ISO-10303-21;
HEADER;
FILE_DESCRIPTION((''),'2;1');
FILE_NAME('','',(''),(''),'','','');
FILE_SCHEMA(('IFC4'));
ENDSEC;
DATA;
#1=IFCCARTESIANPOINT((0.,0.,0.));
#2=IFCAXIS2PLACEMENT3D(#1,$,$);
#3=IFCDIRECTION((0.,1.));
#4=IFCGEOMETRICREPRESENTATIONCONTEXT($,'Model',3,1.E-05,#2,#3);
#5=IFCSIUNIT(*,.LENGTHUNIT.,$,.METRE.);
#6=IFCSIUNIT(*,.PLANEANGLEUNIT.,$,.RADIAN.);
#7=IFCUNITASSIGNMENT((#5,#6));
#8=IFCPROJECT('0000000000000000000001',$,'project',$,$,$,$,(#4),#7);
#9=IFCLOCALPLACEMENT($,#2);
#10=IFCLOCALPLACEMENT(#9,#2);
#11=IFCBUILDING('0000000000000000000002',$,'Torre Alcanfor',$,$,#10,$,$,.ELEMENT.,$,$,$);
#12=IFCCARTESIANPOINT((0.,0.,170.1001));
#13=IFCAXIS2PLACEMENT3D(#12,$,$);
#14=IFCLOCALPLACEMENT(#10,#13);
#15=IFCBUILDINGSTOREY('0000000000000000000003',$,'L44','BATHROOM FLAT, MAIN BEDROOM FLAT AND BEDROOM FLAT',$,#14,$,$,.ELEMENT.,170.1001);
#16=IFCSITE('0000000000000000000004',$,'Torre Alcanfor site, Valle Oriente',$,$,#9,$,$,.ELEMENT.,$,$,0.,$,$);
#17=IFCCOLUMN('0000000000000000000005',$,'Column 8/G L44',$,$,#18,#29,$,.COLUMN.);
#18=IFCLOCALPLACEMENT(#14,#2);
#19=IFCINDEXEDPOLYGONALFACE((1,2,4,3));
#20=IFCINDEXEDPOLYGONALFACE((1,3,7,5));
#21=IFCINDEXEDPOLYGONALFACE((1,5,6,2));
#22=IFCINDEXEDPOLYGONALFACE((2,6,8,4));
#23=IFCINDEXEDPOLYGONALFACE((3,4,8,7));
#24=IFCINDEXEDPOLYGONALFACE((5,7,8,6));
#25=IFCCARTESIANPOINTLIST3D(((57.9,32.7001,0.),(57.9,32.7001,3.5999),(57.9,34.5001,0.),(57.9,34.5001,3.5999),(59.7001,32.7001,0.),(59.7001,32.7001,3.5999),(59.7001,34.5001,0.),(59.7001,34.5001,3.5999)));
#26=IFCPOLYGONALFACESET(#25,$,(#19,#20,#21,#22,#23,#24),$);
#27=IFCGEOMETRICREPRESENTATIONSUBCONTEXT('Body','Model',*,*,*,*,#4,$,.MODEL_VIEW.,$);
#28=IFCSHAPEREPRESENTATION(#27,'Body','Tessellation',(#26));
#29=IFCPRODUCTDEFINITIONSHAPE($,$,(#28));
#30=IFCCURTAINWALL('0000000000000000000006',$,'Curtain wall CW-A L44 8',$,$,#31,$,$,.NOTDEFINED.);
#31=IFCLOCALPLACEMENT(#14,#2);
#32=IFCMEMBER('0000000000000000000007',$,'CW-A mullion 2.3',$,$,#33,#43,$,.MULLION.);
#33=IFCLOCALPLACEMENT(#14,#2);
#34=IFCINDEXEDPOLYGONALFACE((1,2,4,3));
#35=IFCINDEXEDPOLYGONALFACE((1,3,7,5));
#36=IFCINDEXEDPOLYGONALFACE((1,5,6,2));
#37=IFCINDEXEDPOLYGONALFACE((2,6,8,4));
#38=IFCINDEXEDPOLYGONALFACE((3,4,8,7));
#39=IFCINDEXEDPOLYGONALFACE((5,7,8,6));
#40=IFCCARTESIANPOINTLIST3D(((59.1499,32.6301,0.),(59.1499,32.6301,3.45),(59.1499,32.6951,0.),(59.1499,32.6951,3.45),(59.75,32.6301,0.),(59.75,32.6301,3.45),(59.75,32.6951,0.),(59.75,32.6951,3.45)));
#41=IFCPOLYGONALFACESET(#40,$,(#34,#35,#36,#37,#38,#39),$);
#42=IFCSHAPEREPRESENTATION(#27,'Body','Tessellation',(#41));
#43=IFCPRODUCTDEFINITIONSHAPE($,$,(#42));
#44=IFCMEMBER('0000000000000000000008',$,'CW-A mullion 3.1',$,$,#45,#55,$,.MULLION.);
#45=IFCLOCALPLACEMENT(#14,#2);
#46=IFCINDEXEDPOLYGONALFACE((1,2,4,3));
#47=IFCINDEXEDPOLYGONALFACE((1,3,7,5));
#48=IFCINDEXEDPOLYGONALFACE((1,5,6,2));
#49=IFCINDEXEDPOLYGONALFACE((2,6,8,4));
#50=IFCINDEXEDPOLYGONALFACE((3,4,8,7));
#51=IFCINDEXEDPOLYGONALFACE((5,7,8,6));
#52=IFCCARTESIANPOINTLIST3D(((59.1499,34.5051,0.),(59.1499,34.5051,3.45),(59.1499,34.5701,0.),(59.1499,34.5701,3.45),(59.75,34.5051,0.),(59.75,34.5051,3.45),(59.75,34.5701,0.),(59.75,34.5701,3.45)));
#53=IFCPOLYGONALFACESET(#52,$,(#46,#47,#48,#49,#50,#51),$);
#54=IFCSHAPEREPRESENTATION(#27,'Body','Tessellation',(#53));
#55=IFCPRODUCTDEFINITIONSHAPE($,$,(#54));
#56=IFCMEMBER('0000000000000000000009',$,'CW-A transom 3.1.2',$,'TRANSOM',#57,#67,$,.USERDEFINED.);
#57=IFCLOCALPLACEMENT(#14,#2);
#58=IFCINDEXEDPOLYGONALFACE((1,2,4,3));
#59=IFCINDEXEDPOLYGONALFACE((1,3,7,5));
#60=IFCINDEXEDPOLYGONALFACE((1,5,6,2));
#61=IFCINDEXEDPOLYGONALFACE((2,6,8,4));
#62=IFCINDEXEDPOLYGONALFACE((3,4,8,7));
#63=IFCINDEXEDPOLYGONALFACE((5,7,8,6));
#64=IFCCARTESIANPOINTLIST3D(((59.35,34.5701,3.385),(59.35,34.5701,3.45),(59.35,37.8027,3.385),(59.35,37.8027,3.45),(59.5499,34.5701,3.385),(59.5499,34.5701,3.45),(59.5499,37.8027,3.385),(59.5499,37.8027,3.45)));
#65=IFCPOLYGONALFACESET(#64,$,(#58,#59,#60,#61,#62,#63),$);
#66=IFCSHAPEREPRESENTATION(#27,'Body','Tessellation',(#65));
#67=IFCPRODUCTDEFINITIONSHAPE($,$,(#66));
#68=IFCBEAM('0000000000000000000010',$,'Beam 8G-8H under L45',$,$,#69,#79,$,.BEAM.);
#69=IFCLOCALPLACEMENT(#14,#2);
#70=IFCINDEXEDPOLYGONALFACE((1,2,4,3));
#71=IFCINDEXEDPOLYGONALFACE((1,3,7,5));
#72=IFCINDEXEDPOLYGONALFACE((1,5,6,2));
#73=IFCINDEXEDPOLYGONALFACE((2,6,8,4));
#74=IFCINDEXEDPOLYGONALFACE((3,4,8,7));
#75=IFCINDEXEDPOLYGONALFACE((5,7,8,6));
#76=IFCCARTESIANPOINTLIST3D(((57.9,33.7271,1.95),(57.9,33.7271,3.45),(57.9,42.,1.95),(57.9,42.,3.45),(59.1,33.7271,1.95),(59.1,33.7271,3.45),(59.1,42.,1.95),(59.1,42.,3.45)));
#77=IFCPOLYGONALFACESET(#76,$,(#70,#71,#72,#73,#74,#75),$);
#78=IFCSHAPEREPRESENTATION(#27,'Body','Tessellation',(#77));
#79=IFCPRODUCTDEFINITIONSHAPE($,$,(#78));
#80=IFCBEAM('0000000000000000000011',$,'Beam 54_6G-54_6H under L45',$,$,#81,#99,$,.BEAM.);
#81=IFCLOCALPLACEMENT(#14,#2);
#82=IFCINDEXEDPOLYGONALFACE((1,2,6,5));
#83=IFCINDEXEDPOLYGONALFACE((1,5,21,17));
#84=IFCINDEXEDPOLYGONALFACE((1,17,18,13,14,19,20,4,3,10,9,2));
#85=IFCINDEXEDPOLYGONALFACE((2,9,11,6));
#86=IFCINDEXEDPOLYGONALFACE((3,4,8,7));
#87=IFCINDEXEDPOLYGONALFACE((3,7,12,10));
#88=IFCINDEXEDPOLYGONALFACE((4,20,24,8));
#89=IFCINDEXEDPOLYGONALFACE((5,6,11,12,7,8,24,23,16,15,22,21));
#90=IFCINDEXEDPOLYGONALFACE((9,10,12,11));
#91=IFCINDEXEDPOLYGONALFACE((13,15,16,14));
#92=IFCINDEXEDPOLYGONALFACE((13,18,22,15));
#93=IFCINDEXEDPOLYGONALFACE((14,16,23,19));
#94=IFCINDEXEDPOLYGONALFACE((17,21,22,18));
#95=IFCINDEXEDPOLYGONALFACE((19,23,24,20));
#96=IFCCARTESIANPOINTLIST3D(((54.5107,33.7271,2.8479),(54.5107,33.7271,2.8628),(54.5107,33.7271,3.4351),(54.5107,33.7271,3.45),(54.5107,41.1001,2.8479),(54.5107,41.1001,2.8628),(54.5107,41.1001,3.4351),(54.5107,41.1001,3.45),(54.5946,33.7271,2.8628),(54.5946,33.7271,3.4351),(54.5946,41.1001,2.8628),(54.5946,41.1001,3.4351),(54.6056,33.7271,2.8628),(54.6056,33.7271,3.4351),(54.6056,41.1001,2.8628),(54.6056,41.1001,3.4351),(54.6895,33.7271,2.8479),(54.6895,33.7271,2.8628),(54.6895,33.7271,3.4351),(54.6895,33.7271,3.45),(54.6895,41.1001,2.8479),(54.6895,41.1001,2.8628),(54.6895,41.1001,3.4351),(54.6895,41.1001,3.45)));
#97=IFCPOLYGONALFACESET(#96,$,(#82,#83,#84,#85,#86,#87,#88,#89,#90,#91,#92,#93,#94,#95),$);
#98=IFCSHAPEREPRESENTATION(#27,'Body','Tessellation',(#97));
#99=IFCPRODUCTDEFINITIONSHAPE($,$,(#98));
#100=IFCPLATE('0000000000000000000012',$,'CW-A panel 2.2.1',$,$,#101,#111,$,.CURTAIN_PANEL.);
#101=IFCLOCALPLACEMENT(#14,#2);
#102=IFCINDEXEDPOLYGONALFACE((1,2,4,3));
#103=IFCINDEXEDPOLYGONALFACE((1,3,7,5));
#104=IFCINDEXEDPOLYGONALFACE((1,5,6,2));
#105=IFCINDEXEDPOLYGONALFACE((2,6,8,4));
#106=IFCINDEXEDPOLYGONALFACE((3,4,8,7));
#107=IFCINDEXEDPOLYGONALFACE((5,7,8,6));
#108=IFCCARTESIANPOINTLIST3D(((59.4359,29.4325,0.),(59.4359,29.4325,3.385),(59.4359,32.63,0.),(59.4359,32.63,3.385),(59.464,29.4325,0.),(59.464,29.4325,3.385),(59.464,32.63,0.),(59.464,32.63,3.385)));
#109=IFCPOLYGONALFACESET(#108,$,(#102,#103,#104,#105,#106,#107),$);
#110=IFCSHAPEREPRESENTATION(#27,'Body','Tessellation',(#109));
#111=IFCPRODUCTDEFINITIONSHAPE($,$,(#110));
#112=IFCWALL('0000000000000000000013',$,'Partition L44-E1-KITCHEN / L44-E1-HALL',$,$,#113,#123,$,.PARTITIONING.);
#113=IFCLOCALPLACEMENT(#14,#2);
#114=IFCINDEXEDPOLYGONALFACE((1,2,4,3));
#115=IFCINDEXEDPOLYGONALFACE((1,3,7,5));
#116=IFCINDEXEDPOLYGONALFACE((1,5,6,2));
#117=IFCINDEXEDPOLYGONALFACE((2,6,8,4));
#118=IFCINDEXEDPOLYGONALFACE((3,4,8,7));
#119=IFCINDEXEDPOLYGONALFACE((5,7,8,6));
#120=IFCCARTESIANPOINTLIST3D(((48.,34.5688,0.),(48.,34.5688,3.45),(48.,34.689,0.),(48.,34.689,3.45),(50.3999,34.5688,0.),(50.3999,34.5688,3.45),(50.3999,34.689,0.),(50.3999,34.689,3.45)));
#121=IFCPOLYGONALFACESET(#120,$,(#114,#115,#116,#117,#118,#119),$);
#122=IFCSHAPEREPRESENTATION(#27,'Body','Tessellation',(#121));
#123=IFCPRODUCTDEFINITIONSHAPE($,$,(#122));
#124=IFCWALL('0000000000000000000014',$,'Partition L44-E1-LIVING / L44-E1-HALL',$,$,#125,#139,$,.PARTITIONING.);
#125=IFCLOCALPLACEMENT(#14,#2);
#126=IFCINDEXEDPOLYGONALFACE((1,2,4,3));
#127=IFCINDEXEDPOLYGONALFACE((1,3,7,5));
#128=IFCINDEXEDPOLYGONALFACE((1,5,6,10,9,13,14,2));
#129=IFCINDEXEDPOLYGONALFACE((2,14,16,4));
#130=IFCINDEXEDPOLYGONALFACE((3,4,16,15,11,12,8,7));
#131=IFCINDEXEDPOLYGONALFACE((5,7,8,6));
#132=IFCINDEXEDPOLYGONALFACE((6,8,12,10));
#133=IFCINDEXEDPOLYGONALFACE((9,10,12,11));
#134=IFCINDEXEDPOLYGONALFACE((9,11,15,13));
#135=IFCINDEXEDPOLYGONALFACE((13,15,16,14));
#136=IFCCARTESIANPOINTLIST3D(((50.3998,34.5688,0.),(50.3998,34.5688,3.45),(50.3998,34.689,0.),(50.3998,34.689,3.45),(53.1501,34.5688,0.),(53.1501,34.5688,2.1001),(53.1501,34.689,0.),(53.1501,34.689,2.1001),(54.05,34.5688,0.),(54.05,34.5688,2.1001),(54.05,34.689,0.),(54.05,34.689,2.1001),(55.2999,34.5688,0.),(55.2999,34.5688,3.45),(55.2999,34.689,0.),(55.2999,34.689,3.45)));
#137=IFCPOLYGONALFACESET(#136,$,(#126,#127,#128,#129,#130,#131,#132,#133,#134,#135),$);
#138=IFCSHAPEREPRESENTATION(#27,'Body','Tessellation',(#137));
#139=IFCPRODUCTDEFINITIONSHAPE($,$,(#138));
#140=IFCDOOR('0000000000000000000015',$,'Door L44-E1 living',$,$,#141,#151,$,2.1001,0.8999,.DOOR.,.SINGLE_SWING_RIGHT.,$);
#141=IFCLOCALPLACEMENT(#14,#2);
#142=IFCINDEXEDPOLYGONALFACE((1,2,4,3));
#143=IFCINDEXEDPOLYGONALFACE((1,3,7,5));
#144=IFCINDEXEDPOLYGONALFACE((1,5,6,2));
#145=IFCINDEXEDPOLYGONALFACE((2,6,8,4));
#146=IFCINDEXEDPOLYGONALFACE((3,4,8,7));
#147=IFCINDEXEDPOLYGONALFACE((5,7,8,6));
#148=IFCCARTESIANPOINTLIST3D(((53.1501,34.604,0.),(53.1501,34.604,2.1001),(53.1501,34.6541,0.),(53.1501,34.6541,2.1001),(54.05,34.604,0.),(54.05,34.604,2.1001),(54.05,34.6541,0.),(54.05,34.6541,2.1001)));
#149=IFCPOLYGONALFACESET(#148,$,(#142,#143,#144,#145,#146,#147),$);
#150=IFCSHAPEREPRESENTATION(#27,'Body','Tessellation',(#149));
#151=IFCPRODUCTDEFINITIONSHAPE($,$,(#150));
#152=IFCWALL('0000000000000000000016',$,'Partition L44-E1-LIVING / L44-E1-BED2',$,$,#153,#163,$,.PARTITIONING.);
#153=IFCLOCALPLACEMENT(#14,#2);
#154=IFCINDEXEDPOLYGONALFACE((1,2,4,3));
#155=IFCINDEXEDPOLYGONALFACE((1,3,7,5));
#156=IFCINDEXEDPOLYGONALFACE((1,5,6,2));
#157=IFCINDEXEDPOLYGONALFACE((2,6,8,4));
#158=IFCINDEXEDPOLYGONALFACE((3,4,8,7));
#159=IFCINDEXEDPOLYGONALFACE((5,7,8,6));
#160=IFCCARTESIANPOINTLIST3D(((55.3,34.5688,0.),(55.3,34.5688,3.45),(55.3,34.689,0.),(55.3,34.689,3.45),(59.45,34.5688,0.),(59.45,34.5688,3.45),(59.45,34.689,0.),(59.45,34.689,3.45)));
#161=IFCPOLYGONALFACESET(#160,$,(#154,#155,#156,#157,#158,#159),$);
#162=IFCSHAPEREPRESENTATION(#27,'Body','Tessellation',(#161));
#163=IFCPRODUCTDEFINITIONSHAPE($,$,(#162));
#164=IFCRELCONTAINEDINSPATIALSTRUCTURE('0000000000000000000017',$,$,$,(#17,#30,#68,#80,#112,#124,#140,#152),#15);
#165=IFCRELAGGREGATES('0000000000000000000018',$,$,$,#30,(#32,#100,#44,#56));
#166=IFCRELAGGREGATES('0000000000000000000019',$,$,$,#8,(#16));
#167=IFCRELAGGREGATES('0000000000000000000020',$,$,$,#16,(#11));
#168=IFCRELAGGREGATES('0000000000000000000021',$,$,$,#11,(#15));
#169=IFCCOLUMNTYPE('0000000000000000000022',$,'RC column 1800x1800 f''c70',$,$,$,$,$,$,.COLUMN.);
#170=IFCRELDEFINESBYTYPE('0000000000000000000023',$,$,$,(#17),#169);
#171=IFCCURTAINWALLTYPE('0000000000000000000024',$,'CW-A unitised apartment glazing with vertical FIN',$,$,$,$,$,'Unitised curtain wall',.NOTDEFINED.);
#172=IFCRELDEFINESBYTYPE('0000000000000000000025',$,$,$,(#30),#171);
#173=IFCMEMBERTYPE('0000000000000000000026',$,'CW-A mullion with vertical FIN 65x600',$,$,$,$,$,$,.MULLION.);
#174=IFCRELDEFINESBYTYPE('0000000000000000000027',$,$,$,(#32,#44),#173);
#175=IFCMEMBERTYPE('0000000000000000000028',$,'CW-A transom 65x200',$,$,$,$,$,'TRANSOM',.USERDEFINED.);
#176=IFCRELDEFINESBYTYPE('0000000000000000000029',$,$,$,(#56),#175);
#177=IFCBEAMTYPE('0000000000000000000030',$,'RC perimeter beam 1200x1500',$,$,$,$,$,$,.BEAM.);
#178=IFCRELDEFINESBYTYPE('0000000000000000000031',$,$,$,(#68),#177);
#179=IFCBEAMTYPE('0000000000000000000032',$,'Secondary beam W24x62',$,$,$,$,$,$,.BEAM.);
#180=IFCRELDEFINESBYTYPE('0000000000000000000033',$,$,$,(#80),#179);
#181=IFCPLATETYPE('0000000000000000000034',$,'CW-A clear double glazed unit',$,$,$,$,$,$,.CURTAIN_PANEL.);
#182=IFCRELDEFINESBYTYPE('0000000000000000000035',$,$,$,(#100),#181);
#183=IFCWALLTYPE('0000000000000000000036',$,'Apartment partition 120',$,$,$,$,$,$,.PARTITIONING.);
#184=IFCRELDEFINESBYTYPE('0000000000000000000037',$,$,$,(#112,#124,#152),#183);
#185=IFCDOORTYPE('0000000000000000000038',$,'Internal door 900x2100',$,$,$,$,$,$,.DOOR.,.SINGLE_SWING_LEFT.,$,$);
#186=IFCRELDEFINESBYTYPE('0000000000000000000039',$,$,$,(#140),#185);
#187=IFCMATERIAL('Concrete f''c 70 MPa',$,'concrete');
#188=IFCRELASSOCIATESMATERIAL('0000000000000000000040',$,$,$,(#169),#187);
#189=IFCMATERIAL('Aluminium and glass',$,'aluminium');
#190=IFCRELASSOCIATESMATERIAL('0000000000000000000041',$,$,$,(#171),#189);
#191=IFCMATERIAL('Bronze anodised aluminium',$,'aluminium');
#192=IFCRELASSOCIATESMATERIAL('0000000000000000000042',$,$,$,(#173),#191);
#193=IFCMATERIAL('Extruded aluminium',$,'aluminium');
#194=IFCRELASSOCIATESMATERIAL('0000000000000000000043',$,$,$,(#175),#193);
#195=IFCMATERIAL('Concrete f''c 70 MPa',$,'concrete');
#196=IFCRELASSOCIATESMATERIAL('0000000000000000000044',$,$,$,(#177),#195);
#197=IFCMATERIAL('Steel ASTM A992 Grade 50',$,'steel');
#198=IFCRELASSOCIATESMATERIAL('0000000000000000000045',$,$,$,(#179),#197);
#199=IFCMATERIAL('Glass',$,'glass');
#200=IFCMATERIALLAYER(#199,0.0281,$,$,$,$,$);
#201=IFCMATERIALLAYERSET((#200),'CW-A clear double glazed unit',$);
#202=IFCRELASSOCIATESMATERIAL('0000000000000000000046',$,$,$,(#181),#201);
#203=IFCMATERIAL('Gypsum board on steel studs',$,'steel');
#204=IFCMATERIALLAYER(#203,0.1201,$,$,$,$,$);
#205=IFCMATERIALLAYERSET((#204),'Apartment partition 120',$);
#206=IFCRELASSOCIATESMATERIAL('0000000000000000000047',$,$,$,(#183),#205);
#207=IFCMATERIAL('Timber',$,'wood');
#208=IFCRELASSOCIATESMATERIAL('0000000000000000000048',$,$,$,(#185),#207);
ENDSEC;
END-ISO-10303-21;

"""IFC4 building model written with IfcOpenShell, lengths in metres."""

from ifc_helpers import new_model, si_unit, direction, frame, frame_2d, origin, origin_2d, place, context, subcontext, project, spatial, rectangle, i_section, extrude, material, layer, layer_set, material_profile, profile_set, type_object, element, fill, aggregate, save


model = new_model("IFC4")

# Units and contexts
model_context = context("Model", 3, precision=1e-05, world=origin(), true_north=direction((0.0, 1.0)))
body_context = subcontext(model_context, "Body", "Model", "MODEL_VIEW")
ifc_project = project(units=[si_unit("LENGTHUNIT", "METRE"), si_unit("PLANEANGLEUNIT", "RADIAN")], contexts=[model_context])

# Site, building, storey
site_placement = place(None, origin())
site = spatial("IfcSite", under=ifc_project, at=site_placement, Name="Torre Alcanfor site, Valle Oriente", CompositionType="ELEMENT", RefElevation=0.0)
building_placement = place(site_placement, origin())
building = spatial("IfcBuilding", under=site, at=building_placement, Name="Torre Alcanfor", CompositionType="ELEMENT")
storey_placement = place(building_placement, frame((0.0, 0.0, 170.1001)))
storey = spatial("IfcBuildingStorey", under=building, at=storey_placement, Name="L44", Description="BATHROOM FLAT, MAIN BEDROOM FLAT AND BEDROOM FLAT", CompositionType="ELEMENT", Elevation=170.1001)

# Column
ifc_material_1 = material(Name="Concrete f'c 70 MPa", Category="concrete")
ifc_material_profile_1 = material_profile(ifc_material_1, rectangle(XDim=1.8, YDim=1.8, at=origin_2d()), Name="1800x1800")
ifc_profile_set_1 = profile_set([ifc_material_profile_1], Name="Concrete f'c 70 MPa")
column_type = type_object("IfcColumnType", Name="RC column 1800x1800 f'c70", PredefinedType="COLUMN", material=ifc_profile_set_1)
column_placement = place(storey_placement, frame((58.8, 33.6001, 0.0), z_axis=(0.0, 0.0, 1.0), x_axis=(1.0, 0.0, 0.0)))
element("IfcColumn", 1, at=column_placement, inside=storey, type_object=column_type, Name="Column 8/G L44", PredefinedType="COLUMN", context=body_context, shape_type="SweptSolid", body=[
    extrude(rectangle(XDim=1.8, YDim=1.8, at=origin_2d()), origin(), (0.0, 0.0, 1.0), 3.5999),
])

# Curtain wall, members
ifc_material_2 = material(Name="Aluminium and glass", Category="aluminium")
curtain_wall_type = type_object("IfcCurtainWallType", Name="CW-A unitised apartment glazing with vertical FIN", ElementType="Unitised curtain wall", PredefinedType="NOTDEFINED", material=ifc_material_2)
curtain_wall_placement = place(storey_placement, origin())
curtain_wall = element("IfcCurtainWall", 2, at=curtain_wall_placement, inside=storey, type_object=curtain_wall_type, Name="Curtain wall CW-A L44 8", PredefinedType="NOTDEFINED")
ifc_material_3 = material(Name="Bronze anodised aluminium", Category="aluminium")
ifc_material_profile_2 = material_profile(ifc_material_3, rectangle(XDim=0.6001, YDim=0.0649, at=origin_2d()), Name="CW-A mullion 65x600")
ifc_profile_set_2 = profile_set([ifc_material_profile_2], Name="Bronze anodised aluminium")
member_type_1 = type_object("IfcMemberType", Name="CW-A mullion with vertical FIN 65x600", PredefinedType="MULLION", material=ifc_profile_set_2)
member_1_placement = place(storey_placement, frame((59.45, 32.6626, 0.0), z_axis=(0.0, 0.0, 1.0), x_axis=(-1.0, 0.0, 0.0)))
member_1 = element("IfcMember", 3, at=member_1_placement, type_object=member_type_1, Name="CW-A mullion 2.3", PredefinedType="MULLION", context=body_context, shape_type="SweptSolid", body=[
    extrude(rectangle(XDim=0.6001, YDim=0.0649, at=origin_2d()), origin(), (0.0, 0.0, 1.0), 3.45),
])
member_2_placement = place(storey_placement, frame((59.45, 34.5376, 0.0), z_axis=(0.0, 0.0, 1.0), x_axis=(-1.0, 0.0, 0.0)))
member_2 = element("IfcMember", 4, at=member_2_placement, type_object=member_type_1, Name="CW-A mullion 3.1", PredefinedType="MULLION", context=body_context, shape_type="SweptSolid", body=[
    extrude(rectangle(XDim=0.6001, YDim=0.0649, at=origin_2d()), origin(), (0.0, 0.0, 1.0), 3.45),
])
ifc_material_4 = material(Name="Extruded aluminium", Category="aluminium")
ifc_material_profile_3 = material_profile(ifc_material_4, rectangle(XDim=0.2, YDim=0.0649, at=origin_2d()), Name="CW-A transom 200x65")
ifc_profile_set_3 = profile_set([ifc_material_profile_3], Name="Extruded aluminium")
member_type_2 = type_object("IfcMemberType", Name="CW-A transom 65x200", ElementType="TRANSOM", PredefinedType="USERDEFINED", material=ifc_profile_set_3)
member_3_placement = place(storey_placement, frame((59.45, 34.5701, 3.4175), z_axis=(0.0, 1.0, 0.0), x_axis=(-1.0, 0.0, 0.0)))
member_3 = element("IfcMember", 5, at=member_3_placement, type_object=member_type_2, Name="CW-A transom 3.1.2", ObjectType="TRANSOM", PredefinedType="USERDEFINED", context=body_context, shape_type="SweptSolid", body=[
    extrude(rectangle(XDim=0.2, YDim=0.0649, at=origin_2d()), origin(), (0.0, 0.0, 1.0), 3.2327),
])

# Beams
ifc_material_5 = material(Name="Concrete f'c 70 MPa", Category="concrete")
ifc_material_profile_4 = material_profile(ifc_material_5, rectangle(XDim=1.2, YDim=1.5, at=origin_2d()), Name="1200x1500")
ifc_profile_set_4 = profile_set([ifc_material_profile_4], Name="Concrete f'c 70 MPa")
beam_type_1 = type_object("IfcBeamType", Name="RC perimeter beam 1200x1500", PredefinedType="BEAM", material=ifc_profile_set_4)
beam_1_placement = place(storey_placement, frame((58.5, 33.7271, 2.7), z_axis=(0.0, 1.0, 0.0), x_axis=(-1.0, 0.0, 0.0)))
element("IfcBeam", 6, at=beam_1_placement, inside=storey, type_object=beam_type_1, Name="Beam 8G-8H under L45", PredefinedType="BEAM", context=body_context, shape_type="SweptSolid", body=[
    extrude(rectangle(XDim=1.2, YDim=1.5, at=origin_2d()), origin(), (0.0, 0.0, 1.0), 8.2729),
])
ifc_material_6 = material(Name="Steel ASTM A992 Grade 50", Category="steel")
ifc_material_profile_5 = material_profile(ifc_material_6, i_section(OverallWidth=0.1787, OverallDepth=0.6021, WebThickness=0.011, FlangeThickness=0.0149, at=origin_2d()), Name="W24x62")
ifc_profile_set_5 = profile_set([ifc_material_profile_5], Name="Steel ASTM A992 Grade 50")
beam_type_2 = type_object("IfcBeamType", Name="Secondary beam W24x62", PredefinedType="BEAM", material=ifc_profile_set_5)
beam_2_placement = place(storey_placement, frame((54.6001, 33.7271, 3.1489), z_axis=(0.0, 1.0, 0.0), x_axis=(-1.0, 0.0, 0.0)))
element("IfcBeam", 7, at=beam_2_placement, inside=storey, type_object=beam_type_2, Name="Beam 54_6G-54_6H under L45", PredefinedType="BEAM", context=body_context, shape_type="SweptSolid", body=[
    extrude(i_section(OverallWidth=0.1787, OverallDepth=0.6021, WebThickness=0.011, FlangeThickness=0.0149, at=origin_2d()), origin(), (0.0, 0.0, 1.0), 7.373),
])

# Plate
ifc_material_7 = material(Name="Glass", Category="glass")
ifc_layer_1 = layer(ifc_material_7, 0.0281)
ifc_layer_set_1 = layer_set([ifc_layer_1], Name="CW-A clear double glazed unit")
plate_type = type_object("IfcPlateType", Name="CW-A clear double glazed unit", PredefinedType="CURTAIN_PANEL", material=ifc_layer_set_1)
plate_placement = place(storey_placement, frame((59.45, 31.0312, 0.0), z_axis=(0.0, 0.0, 1.0), x_axis=(0.0, 1.0, 0.0)))
plate = element("IfcPlate", 8, at=plate_placement, type_object=plate_type, Name="CW-A panel 2.2.1", PredefinedType="CURTAIN_PANEL", context=body_context, shape_type="SweptSolid", body=[
    extrude(rectangle(XDim=3.1975, YDim=0.0281, at=origin_2d()), origin(), (0.0, 0.0, 1.0), 3.385),
])
aggregate(curtain_wall, [member_1, plate, member_2, member_3])

# Wall
ifc_material_8 = material(Name="Gypsum board on steel studs", Category="steel")
ifc_layer_2 = layer(ifc_material_8, 0.1201)
ifc_layer_set_2 = layer_set([ifc_layer_2], Name="Apartment partition 120")
wall_type = type_object("IfcWallType", Name="Apartment partition 120", PredefinedType="PARTITIONING", material=ifc_layer_set_2)
wall_1_placement = place(storey_placement, frame((50.3999, 34.6289, 0.0), z_axis=(0.0, 0.0, 1.0), x_axis=(-1.0, 0.0, 0.0)))
element("IfcWall", 9, at=wall_1_placement, inside=storey, type_object=wall_type, Name="Partition L44-E1-KITCHEN / L44-E1-HALL", PredefinedType="PARTITIONING", context=body_context, shape_type="SweptSolid", body=[
    extrude(rectangle(XDim=2.3999, YDim=0.1201, at=frame_2d((1.2, 0.0))), origin(), (0.0, 0.0, 1.0), 3.45),
])

# Wall, opening, door
wall_2_placement = place(storey_placement, frame((55.3, 34.6289, 0.0), z_axis=(0.0, 0.0, 1.0), x_axis=(-1.0, 0.0, 0.0)))
wall_2 = element("IfcWall", 10, at=wall_2_placement, inside=storey, type_object=wall_type, Name="Partition L44-E1-LIVING / L44-E1-HALL", PredefinedType="PARTITIONING", context=body_context, shape_type="SweptSolid", body=[
    extrude(rectangle(XDim=4.9001, YDim=0.1201, at=frame_2d((2.4502, 0.0))), origin(), (0.0, 0.0, 1.0), 3.45),
])
opening_1_placement = place(wall_2_placement, frame((1.25, 0.0, 0.0)))
opening_1 = element("IfcOpeningElement", 11, at=opening_1_placement, cuts=wall_2, PredefinedType="OPENING", context=body_context, shape_type="SweptSolid", body=[
    extrude(rectangle(XDim=0.8999, YDim=2.1001, at=frame_2d((0.45, 1.05))), frame((0.0, 0.0701, 0.0), z_axis=(0.0, -1.0, 0.0), x_axis=(1.0, 0.0, 0.0)), (0.0, 0.0, 1.0), 0.1401),
])
ifc_material_9 = material(Name="Timber", Category="wood")
door_type = type_object("IfcDoorType", Name="Internal door 900x2100", OperationType="SINGLE_SWING_LEFT", PredefinedType="DOOR", material=ifc_material_9)
door_1_placement = place(opening_1_placement, origin())
door_1 = element("IfcDoor", 12, at=door_1_placement, inside=storey, type_object=door_type, Name="Door L44-E1 living", OperationType="SINGLE_SWING_RIGHT", OverallHeight=2.1001, OverallWidth=0.8999, PredefinedType="DOOR", context=body_context, shape_type="SweptSolid", body=[
    extrude(rectangle(XDim=0.8999, YDim=2.1001, at=frame_2d((0.45, 1.05))), frame((0.0, 0.0249, 0.0), z_axis=(0.0, -1.0, 0.0), x_axis=(1.0, 0.0, 0.0)), (0.0, 0.0, 1.0), 0.05),
])
fill(opening_1, door_1)

# Wall
wall_3_placement = place(storey_placement, frame((59.45, 34.6289, 0.0), z_axis=(0.0, 0.0, 1.0), x_axis=(-1.0, 0.0, 0.0)))
element("IfcWall", 13, at=wall_3_placement, inside=storey, type_object=wall_type, Name="Partition L44-E1-LIVING / L44-E1-BED2", PredefinedType="PARTITIONING", context=body_context, shape_type="SweptSolid", body=[
    extrude(rectangle(XDim=4.1499, YDim=0.1201, at=frame_2d((2.075, 0.0))), origin(), (0.0, 0.0, 1.0), 3.45),
])

save(model, "model.ifc")
